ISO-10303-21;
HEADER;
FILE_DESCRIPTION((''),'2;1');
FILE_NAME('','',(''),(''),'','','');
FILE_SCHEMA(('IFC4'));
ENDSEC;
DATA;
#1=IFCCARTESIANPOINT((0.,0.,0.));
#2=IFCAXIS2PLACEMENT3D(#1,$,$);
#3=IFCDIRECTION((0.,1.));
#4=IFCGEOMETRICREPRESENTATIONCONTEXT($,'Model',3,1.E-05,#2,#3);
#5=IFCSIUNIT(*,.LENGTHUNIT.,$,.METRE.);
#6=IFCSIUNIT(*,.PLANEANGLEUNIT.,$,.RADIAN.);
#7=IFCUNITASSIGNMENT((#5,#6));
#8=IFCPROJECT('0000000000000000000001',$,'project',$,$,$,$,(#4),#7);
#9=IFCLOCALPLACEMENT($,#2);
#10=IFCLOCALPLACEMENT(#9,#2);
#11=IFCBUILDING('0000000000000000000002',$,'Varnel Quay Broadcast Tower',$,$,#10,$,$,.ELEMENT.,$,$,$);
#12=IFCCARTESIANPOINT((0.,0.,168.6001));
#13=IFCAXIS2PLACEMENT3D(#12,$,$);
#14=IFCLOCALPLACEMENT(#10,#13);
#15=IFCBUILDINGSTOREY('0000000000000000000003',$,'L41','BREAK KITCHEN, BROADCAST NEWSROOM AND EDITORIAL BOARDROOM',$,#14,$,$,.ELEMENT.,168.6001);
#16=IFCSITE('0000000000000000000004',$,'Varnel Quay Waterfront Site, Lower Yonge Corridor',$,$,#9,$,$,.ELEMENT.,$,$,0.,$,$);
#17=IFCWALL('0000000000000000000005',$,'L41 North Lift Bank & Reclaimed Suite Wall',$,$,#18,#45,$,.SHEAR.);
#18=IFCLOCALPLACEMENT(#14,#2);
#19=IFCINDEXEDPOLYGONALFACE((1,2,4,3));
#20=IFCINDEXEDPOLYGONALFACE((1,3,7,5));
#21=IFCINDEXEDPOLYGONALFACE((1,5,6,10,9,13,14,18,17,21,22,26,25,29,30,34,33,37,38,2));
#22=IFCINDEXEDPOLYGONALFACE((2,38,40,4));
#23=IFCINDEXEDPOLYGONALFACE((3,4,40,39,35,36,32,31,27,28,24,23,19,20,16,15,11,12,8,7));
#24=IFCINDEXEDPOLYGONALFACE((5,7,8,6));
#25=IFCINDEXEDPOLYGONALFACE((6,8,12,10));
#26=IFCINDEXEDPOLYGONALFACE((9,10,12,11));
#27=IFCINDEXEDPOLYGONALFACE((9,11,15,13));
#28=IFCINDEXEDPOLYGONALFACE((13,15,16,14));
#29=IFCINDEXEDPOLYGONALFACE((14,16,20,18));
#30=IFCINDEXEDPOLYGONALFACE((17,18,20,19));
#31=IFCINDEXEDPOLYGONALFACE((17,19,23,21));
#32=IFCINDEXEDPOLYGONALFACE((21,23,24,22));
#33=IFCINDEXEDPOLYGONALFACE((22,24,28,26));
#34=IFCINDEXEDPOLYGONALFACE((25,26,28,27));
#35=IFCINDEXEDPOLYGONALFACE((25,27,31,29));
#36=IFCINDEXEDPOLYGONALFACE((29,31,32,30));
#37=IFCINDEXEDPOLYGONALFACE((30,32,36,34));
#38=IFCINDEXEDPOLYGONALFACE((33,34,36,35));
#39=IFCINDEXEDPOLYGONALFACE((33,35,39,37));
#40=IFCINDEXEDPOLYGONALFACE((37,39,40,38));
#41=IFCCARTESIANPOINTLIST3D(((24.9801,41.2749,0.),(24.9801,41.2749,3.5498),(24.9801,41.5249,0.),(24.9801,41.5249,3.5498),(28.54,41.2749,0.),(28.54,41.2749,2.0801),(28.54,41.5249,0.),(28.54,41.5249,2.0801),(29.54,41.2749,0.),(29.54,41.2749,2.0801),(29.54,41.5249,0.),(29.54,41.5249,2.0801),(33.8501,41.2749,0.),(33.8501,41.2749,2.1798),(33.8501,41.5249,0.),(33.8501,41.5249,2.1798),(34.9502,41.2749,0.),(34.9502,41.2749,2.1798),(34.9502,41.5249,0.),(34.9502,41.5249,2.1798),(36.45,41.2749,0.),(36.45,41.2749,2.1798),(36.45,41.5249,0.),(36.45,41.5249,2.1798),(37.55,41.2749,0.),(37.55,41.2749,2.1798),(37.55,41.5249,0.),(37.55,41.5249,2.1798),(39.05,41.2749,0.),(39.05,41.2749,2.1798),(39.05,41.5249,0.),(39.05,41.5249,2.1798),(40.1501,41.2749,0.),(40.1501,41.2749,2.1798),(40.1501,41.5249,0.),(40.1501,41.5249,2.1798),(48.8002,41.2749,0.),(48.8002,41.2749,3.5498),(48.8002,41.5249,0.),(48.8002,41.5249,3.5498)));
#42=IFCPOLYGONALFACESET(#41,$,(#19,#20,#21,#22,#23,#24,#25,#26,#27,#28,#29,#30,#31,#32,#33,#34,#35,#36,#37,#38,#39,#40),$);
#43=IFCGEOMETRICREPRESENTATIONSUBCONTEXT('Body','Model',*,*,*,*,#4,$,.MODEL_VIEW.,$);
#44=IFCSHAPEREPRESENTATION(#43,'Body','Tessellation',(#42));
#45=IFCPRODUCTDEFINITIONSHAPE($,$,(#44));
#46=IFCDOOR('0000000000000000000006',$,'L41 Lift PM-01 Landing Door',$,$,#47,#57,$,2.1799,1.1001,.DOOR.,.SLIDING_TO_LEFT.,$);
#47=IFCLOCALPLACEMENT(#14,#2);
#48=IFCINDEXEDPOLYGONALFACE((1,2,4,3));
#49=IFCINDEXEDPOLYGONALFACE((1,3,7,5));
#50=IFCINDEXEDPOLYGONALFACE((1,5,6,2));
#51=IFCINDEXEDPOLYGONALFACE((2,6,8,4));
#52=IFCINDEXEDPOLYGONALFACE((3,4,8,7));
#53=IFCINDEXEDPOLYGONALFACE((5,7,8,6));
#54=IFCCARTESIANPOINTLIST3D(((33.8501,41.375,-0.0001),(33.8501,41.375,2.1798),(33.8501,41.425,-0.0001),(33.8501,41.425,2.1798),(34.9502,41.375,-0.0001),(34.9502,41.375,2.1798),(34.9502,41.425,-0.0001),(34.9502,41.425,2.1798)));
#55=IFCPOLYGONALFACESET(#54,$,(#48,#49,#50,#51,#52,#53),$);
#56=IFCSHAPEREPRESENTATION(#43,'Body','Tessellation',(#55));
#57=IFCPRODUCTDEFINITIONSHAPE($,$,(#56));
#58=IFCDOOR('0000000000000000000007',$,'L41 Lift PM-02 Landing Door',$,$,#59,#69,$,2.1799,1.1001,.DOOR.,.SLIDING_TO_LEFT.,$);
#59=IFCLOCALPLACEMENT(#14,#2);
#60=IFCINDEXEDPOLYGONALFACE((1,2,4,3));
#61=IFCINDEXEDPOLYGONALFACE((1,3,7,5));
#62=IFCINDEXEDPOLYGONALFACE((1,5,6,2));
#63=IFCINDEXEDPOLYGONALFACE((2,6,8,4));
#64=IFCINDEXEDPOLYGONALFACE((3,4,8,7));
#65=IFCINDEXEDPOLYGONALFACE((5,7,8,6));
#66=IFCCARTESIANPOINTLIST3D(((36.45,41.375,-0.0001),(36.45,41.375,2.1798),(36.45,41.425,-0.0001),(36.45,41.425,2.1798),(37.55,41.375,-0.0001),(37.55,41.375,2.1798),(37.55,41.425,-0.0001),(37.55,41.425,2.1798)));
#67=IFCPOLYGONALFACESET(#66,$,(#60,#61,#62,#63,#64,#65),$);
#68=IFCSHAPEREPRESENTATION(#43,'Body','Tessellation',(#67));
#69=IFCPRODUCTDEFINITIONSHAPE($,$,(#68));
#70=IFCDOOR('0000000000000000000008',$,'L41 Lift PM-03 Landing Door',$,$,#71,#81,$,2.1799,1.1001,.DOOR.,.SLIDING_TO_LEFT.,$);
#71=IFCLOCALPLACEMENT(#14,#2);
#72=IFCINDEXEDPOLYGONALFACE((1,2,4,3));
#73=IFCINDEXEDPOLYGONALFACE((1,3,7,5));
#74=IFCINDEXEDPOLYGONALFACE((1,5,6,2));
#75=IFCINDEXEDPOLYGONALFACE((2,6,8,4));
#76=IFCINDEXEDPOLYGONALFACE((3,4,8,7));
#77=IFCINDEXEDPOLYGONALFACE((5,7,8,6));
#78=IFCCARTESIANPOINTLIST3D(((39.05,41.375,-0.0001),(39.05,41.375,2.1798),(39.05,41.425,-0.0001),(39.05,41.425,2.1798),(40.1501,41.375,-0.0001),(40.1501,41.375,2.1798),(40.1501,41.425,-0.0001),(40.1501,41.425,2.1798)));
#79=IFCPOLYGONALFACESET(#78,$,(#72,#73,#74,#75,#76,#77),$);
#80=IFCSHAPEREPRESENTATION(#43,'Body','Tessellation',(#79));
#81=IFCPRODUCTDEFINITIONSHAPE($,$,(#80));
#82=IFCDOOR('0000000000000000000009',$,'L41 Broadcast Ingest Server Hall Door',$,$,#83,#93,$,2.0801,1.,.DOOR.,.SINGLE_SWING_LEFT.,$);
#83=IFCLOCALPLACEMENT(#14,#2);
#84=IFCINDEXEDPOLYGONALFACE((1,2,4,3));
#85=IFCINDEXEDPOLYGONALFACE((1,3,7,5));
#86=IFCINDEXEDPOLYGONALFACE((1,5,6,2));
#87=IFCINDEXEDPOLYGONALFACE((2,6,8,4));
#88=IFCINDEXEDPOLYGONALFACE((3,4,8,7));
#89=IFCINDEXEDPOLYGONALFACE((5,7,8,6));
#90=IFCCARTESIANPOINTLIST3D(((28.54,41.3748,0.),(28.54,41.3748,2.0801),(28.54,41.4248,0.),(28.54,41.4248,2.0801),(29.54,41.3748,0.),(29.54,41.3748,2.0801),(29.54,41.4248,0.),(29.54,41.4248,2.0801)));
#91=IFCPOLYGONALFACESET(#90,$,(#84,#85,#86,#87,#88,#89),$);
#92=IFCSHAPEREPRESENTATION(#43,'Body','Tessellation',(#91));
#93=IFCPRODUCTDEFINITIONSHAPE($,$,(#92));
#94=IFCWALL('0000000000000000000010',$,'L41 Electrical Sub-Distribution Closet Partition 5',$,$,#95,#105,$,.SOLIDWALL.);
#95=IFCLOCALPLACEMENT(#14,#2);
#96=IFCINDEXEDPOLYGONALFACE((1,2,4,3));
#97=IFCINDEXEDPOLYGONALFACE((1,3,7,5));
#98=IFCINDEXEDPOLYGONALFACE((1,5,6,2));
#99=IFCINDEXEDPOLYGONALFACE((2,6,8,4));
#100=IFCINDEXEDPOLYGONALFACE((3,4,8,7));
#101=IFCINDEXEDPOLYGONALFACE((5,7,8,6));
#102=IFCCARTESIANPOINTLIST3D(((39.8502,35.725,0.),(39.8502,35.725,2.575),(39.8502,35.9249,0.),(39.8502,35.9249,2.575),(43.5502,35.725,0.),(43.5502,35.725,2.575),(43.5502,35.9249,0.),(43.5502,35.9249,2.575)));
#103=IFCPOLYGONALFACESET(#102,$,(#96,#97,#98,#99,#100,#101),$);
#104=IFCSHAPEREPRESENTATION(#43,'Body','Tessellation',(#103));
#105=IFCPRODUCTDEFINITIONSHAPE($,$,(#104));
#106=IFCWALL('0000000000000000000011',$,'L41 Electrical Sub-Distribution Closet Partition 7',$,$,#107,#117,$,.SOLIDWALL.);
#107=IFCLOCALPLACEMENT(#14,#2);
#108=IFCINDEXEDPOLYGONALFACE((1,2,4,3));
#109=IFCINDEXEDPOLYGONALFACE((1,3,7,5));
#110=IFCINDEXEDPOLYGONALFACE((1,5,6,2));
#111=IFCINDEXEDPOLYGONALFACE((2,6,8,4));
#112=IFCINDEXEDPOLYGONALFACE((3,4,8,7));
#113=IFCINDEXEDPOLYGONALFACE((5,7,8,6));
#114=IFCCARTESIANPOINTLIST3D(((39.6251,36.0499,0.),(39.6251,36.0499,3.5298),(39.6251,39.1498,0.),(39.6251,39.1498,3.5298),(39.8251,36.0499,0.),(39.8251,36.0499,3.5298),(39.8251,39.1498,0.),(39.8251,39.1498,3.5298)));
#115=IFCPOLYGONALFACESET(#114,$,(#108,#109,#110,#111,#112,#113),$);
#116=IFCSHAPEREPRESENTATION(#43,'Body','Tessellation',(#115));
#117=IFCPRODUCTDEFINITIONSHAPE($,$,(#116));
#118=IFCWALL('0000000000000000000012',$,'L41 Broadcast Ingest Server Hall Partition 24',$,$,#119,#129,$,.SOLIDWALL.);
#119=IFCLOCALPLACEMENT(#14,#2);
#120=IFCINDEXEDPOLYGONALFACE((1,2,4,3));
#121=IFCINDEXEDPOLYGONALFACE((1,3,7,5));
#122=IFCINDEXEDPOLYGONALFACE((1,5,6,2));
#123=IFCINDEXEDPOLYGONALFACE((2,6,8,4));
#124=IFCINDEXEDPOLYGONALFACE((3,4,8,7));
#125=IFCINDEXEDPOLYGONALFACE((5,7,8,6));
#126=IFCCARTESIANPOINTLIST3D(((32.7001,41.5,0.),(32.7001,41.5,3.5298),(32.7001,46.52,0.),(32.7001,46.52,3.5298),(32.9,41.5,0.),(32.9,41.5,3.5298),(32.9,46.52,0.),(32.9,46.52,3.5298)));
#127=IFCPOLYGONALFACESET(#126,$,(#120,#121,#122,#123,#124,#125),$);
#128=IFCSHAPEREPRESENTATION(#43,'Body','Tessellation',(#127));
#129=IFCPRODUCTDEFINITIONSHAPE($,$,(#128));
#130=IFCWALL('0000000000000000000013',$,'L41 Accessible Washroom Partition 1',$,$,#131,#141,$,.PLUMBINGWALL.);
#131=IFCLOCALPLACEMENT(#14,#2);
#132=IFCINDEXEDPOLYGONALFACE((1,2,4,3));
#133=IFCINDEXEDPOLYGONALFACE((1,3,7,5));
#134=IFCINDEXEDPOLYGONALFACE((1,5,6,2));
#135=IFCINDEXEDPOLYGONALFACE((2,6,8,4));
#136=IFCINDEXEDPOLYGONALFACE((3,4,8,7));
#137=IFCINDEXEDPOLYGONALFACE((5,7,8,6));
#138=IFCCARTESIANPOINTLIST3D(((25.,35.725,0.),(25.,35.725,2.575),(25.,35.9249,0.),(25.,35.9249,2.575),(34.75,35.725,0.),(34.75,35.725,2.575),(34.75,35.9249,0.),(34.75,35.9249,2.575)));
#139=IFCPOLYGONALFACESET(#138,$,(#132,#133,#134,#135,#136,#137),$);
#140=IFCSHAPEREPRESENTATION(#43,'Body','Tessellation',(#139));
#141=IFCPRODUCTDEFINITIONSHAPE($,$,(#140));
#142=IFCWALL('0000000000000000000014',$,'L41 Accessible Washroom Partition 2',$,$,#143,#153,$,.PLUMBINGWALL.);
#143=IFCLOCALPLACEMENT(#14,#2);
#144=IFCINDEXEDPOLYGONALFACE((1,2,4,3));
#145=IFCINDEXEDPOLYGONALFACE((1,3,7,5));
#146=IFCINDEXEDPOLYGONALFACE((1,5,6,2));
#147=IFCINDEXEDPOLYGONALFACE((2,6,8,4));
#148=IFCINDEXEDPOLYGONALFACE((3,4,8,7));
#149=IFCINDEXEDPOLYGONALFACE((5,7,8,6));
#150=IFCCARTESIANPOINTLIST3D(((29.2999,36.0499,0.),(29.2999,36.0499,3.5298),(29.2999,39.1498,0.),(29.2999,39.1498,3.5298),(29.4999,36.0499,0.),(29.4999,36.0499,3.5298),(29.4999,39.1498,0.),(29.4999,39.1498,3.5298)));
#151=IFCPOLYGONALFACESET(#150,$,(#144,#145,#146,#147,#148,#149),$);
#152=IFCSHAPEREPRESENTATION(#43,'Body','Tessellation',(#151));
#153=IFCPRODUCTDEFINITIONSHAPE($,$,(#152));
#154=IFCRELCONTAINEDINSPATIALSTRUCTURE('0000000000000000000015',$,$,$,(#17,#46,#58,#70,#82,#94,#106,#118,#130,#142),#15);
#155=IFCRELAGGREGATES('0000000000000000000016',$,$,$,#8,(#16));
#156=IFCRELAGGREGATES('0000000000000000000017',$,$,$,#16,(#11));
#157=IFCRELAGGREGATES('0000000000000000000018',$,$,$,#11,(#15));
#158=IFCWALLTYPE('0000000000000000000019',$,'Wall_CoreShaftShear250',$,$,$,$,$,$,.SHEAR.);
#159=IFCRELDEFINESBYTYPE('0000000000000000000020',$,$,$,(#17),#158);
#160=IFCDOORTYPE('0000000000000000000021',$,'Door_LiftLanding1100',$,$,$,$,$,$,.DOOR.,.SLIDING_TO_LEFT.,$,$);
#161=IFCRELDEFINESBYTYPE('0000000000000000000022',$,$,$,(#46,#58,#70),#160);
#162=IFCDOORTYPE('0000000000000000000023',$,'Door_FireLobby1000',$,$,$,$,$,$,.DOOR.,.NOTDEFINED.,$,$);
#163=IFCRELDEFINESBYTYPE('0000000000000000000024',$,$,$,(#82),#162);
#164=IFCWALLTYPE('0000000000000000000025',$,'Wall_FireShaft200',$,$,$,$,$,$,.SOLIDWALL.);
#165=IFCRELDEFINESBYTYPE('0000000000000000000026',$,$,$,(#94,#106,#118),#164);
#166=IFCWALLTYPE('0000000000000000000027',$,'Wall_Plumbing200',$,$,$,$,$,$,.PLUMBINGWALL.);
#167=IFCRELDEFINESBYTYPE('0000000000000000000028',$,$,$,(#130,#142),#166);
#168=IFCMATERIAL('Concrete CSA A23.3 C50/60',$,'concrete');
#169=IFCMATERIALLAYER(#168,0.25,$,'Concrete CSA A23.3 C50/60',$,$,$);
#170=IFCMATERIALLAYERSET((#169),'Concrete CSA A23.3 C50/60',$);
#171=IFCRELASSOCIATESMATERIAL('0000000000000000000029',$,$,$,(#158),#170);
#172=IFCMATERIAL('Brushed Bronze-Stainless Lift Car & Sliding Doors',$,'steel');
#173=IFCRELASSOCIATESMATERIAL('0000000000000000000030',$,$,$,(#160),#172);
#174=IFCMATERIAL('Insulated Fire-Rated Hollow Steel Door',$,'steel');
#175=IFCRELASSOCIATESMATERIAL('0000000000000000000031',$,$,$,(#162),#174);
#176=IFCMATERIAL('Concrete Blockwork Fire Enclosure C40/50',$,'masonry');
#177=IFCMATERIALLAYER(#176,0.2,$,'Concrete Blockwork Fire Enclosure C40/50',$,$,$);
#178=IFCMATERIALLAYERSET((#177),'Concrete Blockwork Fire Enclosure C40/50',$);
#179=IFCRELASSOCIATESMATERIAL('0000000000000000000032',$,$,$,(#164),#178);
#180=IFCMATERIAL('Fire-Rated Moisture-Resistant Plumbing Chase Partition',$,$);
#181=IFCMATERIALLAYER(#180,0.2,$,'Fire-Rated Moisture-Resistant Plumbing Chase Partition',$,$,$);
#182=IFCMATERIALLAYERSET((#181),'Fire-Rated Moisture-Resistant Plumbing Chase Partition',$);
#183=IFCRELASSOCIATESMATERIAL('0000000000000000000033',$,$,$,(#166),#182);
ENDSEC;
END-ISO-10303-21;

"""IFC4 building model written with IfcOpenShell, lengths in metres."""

from ifc_helpers import new_model, si_unit, direction, frame, frame_2d, origin, place, context, subcontext, project, spatial, rectangle, extrude, source, transform, mapped, material, layer, layer_set, type_object, type_shapes, element, fill, save


model = new_model("IFC4")

# Units and contexts
model_context = context("Model", 3, precision=1e-05, world=origin(), true_north=direction((0.0, 1.0)))
body_context = subcontext(model_context, "Body", "Model", "MODEL_VIEW")
ifc_project = project(units=[si_unit("LENGTHUNIT", "METRE"), si_unit("PLANEANGLEUNIT", "RADIAN")], contexts=[model_context])

# Site, building, storey
site_placement = place(None, origin())
site = spatial("IfcSite", under=ifc_project, at=site_placement, Name="Varnel Quay Waterfront Site, Lower Yonge Corridor", CompositionType="ELEMENT", RefElevation=0.0)
building_placement = place(site_placement, origin())
building = spatial("IfcBuilding", under=site, at=building_placement, Name="Varnel Quay Broadcast Tower", CompositionType="ELEMENT")
storey_placement = place(building_placement, frame((0.0, 0.0, 168.6001)))
storey = spatial("IfcBuildingStorey", under=building, at=storey_placement, Name="L41", Description="BREAK KITCHEN, BROADCAST NEWSROOM AND EDITORIAL BOARDROOM", CompositionType="ELEMENT", Elevation=168.6001)

# Shared definitions
ifc_material_1 = material(Name="Concrete CSA A23.3 C50/60", Category="concrete")

# Wall, openings, doors
ifc_layer_1 = layer(ifc_material_1, 0.25, Name="Concrete CSA A23.3 C50/60")
ifc_layer_set_1 = layer_set([ifc_layer_1], Name="Concrete CSA A23.3 C50/60")
wall_type_1 = type_object("IfcWallType", Name="Wall_CoreShaftShear250", PredefinedType="SHEAR", material=ifc_layer_set_1)
wall_1_placement = place(storey_placement, frame((24.98, 41.3999, 0.0), z_axis=(0.0, 0.0, 1.0), x_axis=(1.0, 0.0, 0.0)))
wall_1 = element("IfcWall", 1, at=wall_1_placement, inside=storey, type_object=wall_type_1, Name="L41 North Lift Bank & Reclaimed Suite Wall", PredefinedType="SHEAR", context=body_context, shape_type="SweptSolid", body=[
    extrude(rectangle(XDim=23.8201, YDim=0.25, at=frame_2d((11.9102, 0.0))), origin(), (0.0, 0.0, 1.0), 3.5498),
])
opening_1_placement = place(wall_1_placement, frame((8.8701, 0.0, 0.0)))
opening_1 = element("IfcOpeningElement", 2, at=opening_1_placement, cuts=wall_1, PredefinedType="OPENING", context=body_context, shape_type="SweptSolid", body=[
    extrude(rectangle(XDim=1.1001, YDim=2.1799, at=frame_2d((0.55, 1.0898))), frame((0.0, 0.135, 0.0), z_axis=(0.0, -1.0, 0.0), x_axis=(1.0, 0.0, 0.0)), (0.0, 0.0, 1.0), 0.27),
])
opening_2_placement = place(wall_1_placement, frame((11.47, 0.0, 0.0)))
opening_2 = element("IfcOpeningElement", 3, at=opening_2_placement, cuts=wall_1, PredefinedType="OPENING", context=body_context, shape_type="SweptSolid", body=[
    extrude(rectangle(XDim=1.1001, YDim=2.1799, at=frame_2d((0.55, 1.0898))), frame((0.0, 0.135, 0.0), z_axis=(0.0, -1.0, 0.0), x_axis=(1.0, 0.0, 0.0)), (0.0, 0.0, 1.0), 0.27),
])
opening_3_placement = place(wall_1_placement, frame((14.0701, 0.0, 0.0)))
opening_3 = element("IfcOpeningElement", 4, at=opening_3_placement, cuts=wall_1, PredefinedType="OPENING", context=body_context, shape_type="SweptSolid", body=[
    extrude(rectangle(XDim=1.1001, YDim=2.1799, at=frame_2d((0.55, 1.0898))), frame((0.0, 0.135, 0.0), z_axis=(0.0, -1.0, 0.0), x_axis=(1.0, 0.0, 0.0)), (0.0, 0.0, 1.0), 0.27),
])
opening_4_placement = place(wall_1_placement, frame((3.5601, 0.0, 0.0)))
opening_4 = element("IfcOpeningElement", 5, at=opening_4_placement, cuts=wall_1, PredefinedType="OPENING", context=body_context, shape_type="SweptSolid", body=[
    extrude(rectangle(XDim=1.0, YDim=2.0801, at=frame_2d((0.5, 1.04))), frame((0.0, 0.135, 0.0), z_axis=(0.0, -1.0, 0.0), x_axis=(1.0, 0.0, 0.0)), (0.0, 0.0, 1.0), 0.27),
])
ifc_material_2 = material(Name="Brushed Bronze-Stainless Lift Car & Sliding Doors", Category="steel")
door_type_1 = type_object("IfcDoorType", Name="Door_LiftLanding1100", OperationType="SLIDING_TO_LEFT", PredefinedType="DOOR", material=ifc_material_2)
shared_shape_1 = source(origin(), body_context, "Body", "SweptSolid", [
    extrude(rectangle(XDim=1.1001, YDim=2.1799, at=frame_2d((0.55, 1.0898))), frame((0.0, 0.0249, 0.0), z_axis=(0.0, -1.0, 0.0), x_axis=(1.0, 0.0, 0.0)), (0.0, 0.0, 1.0), 0.05),
])
type_shapes(door_type_1, [shared_shape_1])
door_1_placement = place(opening_1_placement, frame((1.1001, 0.0, 0.0), z_axis=(0.0, 0.0, 1.0), x_axis=(-1.0, 0.0, 0.0)))
door_1 = element("IfcDoor", 6, at=door_1_placement, inside=storey, type_object=door_type_1, Name="L41 Lift PM-01 Landing Door", OperationType="SLIDING_TO_LEFT", OverallHeight=2.1799, OverallWidth=1.1001, PredefinedType="DOOR", context=body_context, shape_type="MappedRepresentation", body=[
    mapped(shared_shape_1, transform((0.0, 0.0, 0.0), x_axis=(1.0, 0.0, 0.0), y_axis=(0.0, 1.0, 0.0), z_axis=(0.0, 0.0, 1.0), scale=1.0)),
])
fill(opening_1, door_1)
door_2_placement = place(opening_2_placement, frame((1.1001, 0.0, 0.0), z_axis=(0.0, 0.0, 1.0), x_axis=(-1.0, 0.0, 0.0)))
door_2 = element("IfcDoor", 7, at=door_2_placement, inside=storey, type_object=door_type_1, Name="L41 Lift PM-02 Landing Door", OperationType="SLIDING_TO_LEFT", OverallHeight=2.1799, OverallWidth=1.1001, PredefinedType="DOOR", context=body_context, shape_type="MappedRepresentation", body=[
    mapped(shared_shape_1, transform((0.0, 0.0, 0.0), x_axis=(1.0, 0.0, 0.0), y_axis=(0.0, 1.0, 0.0), z_axis=(0.0, 0.0, 1.0), scale=1.0)),
])
fill(opening_2, door_2)
door_3_placement = place(opening_3_placement, frame((1.1001, 0.0, 0.0), z_axis=(0.0, 0.0, 1.0), x_axis=(-1.0, 0.0, 0.0)))
door_3 = element("IfcDoor", 8, at=door_3_placement, inside=storey, type_object=door_type_1, Name="L41 Lift PM-03 Landing Door", OperationType="SLIDING_TO_LEFT", OverallHeight=2.1799, OverallWidth=1.1001, PredefinedType="DOOR", context=body_context, shape_type="MappedRepresentation", body=[
    mapped(shared_shape_1, transform((0.0, 0.0, 0.0), x_axis=(1.0, 0.0, 0.0), y_axis=(0.0, 1.0, 0.0), z_axis=(0.0, 0.0, 1.0), scale=1.0)),
])
fill(opening_3, door_3)
ifc_material_3 = material(Name="Insulated Fire-Rated Hollow Steel Door", Category="steel")
door_type_2 = type_object("IfcDoorType", Name="Door_FireLobby1000", OperationType="NOTDEFINED", PredefinedType="DOOR", material=ifc_material_3)
shared_shape_2 = source(origin(), body_context, "Body", "SweptSolid", [
    extrude(rectangle(XDim=1.0, YDim=2.0801, at=frame_2d((0.5, 1.04))), frame((0.0, 0.0249, 0.0), z_axis=(0.0, -1.0, 0.0), x_axis=(1.0, 0.0, 0.0)), (0.0, 0.0, 1.0), 0.05),
])
type_shapes(door_type_2, [shared_shape_2])
door_4_placement = place(opening_4_placement, origin())
door_4 = element("IfcDoor", 9, at=door_4_placement, inside=storey, type_object=door_type_2, Name="L41 Broadcast Ingest Server Hall Door", OperationType="SINGLE_SWING_LEFT", OverallHeight=2.0801, OverallWidth=1.0, PredefinedType="DOOR", context=body_context, shape_type="MappedRepresentation", body=[
    mapped(shared_shape_2, transform((0.0, 0.0, 0.0), x_axis=(1.0, 0.0, 0.0), y_axis=(0.0, 1.0, 0.0), z_axis=(0.0, 0.0, 1.0), scale=1.0)),
])
fill(opening_4, door_4)

# Walls
ifc_material_4 = material(Name="Concrete Blockwork Fire Enclosure C40/50", Category="masonry")
ifc_layer_2 = layer(ifc_material_4, 0.2, Name="Concrete Blockwork Fire Enclosure C40/50")
ifc_layer_set_2 = layer_set([ifc_layer_2], Name="Concrete Blockwork Fire Enclosure C40/50")
wall_type_2 = type_object("IfcWallType", Name="Wall_FireShaft200", PredefinedType="SOLIDWALL", material=ifc_layer_set_2)
wall_2_placement = place(storey_placement, frame((39.8501, 35.825, 0.0), z_axis=(0.0, 0.0, 1.0), x_axis=(1.0, 0.0, 0.0)))
element("IfcWall", 10, at=wall_2_placement, inside=storey, type_object=wall_type_2, Name="L41 Electrical Sub-Distribution Closet Partition 5", PredefinedType="SOLIDWALL", context=body_context, shape_type="SweptSolid", body=[
    extrude(rectangle(XDim=3.7, YDim=0.2, at=frame_2d((1.8501, 0.0))), origin(), (0.0, 0.0, 1.0), 2.575),
])
wall_3_placement = place(storey_placement, frame((39.7251, 36.05, 0.0), z_axis=(0.0, 0.0, 1.0), x_axis=(0.0, 1.0, 0.0)))
element("IfcWall", 11, at=wall_3_placement, inside=storey, type_object=wall_type_2, Name="L41 Electrical Sub-Distribution Closet Partition 7", PredefinedType="SOLIDWALL", context=body_context, shape_type="SweptSolid", body=[
    extrude(rectangle(XDim=3.0999, YDim=0.2, at=frame_2d((1.5498, 0.0))), origin(), (0.0, 0.0, 1.0), 3.5298),
])
wall_4_placement = place(storey_placement, frame((32.8, 41.5, 0.0), z_axis=(0.0, 0.0, 1.0), x_axis=(0.0, 1.0, 0.0)))
element("IfcWall", 12, at=wall_4_placement, inside=storey, type_object=wall_type_2, Name="L41 Broadcast Ingest Server Hall Partition 24", PredefinedType="SOLIDWALL", context=body_context, shape_type="SweptSolid", body=[
    extrude(rectangle(XDim=5.02, YDim=0.2, at=frame_2d((2.51, 0.0))), origin(), (0.0, 0.0, 1.0), 3.5298),
])
ifc_material_5 = material(Name="Fire-Rated Moisture-Resistant Plumbing Chase Partition")
ifc_layer_3 = layer(ifc_material_5, 0.2, Name="Fire-Rated Moisture-Resistant Plumbing Chase Partition")
ifc_layer_set_3 = layer_set([ifc_layer_3], Name="Fire-Rated Moisture-Resistant Plumbing Chase Partition")
wall_type_3 = type_object("IfcWallType", Name="Wall_Plumbing200", PredefinedType="PLUMBINGWALL", material=ifc_layer_set_3)
wall_5_placement = place(storey_placement, frame((25.0, 35.825, 0.0), z_axis=(0.0, 0.0, 1.0), x_axis=(1.0, 0.0, 0.0)))
element("IfcWall", 13, at=wall_5_placement, inside=storey, type_object=wall_type_3, Name="L41 Accessible Washroom Partition 1", PredefinedType="PLUMBINGWALL", context=body_context, shape_type="SweptSolid", body=[
    extrude(rectangle(XDim=9.75, YDim=0.2, at=frame_2d((4.875, 0.0))), origin(), (0.0, 0.0, 1.0), 2.575),
])
wall_6_placement = place(storey_placement, frame((29.3999, 36.05, 0.0), z_axis=(0.0, 0.0, 1.0), x_axis=(0.0, 1.0, 0.0)))
element("IfcWall", 14, at=wall_6_placement, inside=storey, type_object=wall_type_3, Name="L41 Accessible Washroom Partition 2", PredefinedType="PLUMBINGWALL", context=body_context, shape_type="SweptSolid", body=[
    extrude(rectangle(XDim=3.0999, YDim=0.2, at=frame_2d((1.5498, 0.0))), origin(), (0.0, 0.0, 1.0), 3.5298),
])

save(model, "model.ifc")
